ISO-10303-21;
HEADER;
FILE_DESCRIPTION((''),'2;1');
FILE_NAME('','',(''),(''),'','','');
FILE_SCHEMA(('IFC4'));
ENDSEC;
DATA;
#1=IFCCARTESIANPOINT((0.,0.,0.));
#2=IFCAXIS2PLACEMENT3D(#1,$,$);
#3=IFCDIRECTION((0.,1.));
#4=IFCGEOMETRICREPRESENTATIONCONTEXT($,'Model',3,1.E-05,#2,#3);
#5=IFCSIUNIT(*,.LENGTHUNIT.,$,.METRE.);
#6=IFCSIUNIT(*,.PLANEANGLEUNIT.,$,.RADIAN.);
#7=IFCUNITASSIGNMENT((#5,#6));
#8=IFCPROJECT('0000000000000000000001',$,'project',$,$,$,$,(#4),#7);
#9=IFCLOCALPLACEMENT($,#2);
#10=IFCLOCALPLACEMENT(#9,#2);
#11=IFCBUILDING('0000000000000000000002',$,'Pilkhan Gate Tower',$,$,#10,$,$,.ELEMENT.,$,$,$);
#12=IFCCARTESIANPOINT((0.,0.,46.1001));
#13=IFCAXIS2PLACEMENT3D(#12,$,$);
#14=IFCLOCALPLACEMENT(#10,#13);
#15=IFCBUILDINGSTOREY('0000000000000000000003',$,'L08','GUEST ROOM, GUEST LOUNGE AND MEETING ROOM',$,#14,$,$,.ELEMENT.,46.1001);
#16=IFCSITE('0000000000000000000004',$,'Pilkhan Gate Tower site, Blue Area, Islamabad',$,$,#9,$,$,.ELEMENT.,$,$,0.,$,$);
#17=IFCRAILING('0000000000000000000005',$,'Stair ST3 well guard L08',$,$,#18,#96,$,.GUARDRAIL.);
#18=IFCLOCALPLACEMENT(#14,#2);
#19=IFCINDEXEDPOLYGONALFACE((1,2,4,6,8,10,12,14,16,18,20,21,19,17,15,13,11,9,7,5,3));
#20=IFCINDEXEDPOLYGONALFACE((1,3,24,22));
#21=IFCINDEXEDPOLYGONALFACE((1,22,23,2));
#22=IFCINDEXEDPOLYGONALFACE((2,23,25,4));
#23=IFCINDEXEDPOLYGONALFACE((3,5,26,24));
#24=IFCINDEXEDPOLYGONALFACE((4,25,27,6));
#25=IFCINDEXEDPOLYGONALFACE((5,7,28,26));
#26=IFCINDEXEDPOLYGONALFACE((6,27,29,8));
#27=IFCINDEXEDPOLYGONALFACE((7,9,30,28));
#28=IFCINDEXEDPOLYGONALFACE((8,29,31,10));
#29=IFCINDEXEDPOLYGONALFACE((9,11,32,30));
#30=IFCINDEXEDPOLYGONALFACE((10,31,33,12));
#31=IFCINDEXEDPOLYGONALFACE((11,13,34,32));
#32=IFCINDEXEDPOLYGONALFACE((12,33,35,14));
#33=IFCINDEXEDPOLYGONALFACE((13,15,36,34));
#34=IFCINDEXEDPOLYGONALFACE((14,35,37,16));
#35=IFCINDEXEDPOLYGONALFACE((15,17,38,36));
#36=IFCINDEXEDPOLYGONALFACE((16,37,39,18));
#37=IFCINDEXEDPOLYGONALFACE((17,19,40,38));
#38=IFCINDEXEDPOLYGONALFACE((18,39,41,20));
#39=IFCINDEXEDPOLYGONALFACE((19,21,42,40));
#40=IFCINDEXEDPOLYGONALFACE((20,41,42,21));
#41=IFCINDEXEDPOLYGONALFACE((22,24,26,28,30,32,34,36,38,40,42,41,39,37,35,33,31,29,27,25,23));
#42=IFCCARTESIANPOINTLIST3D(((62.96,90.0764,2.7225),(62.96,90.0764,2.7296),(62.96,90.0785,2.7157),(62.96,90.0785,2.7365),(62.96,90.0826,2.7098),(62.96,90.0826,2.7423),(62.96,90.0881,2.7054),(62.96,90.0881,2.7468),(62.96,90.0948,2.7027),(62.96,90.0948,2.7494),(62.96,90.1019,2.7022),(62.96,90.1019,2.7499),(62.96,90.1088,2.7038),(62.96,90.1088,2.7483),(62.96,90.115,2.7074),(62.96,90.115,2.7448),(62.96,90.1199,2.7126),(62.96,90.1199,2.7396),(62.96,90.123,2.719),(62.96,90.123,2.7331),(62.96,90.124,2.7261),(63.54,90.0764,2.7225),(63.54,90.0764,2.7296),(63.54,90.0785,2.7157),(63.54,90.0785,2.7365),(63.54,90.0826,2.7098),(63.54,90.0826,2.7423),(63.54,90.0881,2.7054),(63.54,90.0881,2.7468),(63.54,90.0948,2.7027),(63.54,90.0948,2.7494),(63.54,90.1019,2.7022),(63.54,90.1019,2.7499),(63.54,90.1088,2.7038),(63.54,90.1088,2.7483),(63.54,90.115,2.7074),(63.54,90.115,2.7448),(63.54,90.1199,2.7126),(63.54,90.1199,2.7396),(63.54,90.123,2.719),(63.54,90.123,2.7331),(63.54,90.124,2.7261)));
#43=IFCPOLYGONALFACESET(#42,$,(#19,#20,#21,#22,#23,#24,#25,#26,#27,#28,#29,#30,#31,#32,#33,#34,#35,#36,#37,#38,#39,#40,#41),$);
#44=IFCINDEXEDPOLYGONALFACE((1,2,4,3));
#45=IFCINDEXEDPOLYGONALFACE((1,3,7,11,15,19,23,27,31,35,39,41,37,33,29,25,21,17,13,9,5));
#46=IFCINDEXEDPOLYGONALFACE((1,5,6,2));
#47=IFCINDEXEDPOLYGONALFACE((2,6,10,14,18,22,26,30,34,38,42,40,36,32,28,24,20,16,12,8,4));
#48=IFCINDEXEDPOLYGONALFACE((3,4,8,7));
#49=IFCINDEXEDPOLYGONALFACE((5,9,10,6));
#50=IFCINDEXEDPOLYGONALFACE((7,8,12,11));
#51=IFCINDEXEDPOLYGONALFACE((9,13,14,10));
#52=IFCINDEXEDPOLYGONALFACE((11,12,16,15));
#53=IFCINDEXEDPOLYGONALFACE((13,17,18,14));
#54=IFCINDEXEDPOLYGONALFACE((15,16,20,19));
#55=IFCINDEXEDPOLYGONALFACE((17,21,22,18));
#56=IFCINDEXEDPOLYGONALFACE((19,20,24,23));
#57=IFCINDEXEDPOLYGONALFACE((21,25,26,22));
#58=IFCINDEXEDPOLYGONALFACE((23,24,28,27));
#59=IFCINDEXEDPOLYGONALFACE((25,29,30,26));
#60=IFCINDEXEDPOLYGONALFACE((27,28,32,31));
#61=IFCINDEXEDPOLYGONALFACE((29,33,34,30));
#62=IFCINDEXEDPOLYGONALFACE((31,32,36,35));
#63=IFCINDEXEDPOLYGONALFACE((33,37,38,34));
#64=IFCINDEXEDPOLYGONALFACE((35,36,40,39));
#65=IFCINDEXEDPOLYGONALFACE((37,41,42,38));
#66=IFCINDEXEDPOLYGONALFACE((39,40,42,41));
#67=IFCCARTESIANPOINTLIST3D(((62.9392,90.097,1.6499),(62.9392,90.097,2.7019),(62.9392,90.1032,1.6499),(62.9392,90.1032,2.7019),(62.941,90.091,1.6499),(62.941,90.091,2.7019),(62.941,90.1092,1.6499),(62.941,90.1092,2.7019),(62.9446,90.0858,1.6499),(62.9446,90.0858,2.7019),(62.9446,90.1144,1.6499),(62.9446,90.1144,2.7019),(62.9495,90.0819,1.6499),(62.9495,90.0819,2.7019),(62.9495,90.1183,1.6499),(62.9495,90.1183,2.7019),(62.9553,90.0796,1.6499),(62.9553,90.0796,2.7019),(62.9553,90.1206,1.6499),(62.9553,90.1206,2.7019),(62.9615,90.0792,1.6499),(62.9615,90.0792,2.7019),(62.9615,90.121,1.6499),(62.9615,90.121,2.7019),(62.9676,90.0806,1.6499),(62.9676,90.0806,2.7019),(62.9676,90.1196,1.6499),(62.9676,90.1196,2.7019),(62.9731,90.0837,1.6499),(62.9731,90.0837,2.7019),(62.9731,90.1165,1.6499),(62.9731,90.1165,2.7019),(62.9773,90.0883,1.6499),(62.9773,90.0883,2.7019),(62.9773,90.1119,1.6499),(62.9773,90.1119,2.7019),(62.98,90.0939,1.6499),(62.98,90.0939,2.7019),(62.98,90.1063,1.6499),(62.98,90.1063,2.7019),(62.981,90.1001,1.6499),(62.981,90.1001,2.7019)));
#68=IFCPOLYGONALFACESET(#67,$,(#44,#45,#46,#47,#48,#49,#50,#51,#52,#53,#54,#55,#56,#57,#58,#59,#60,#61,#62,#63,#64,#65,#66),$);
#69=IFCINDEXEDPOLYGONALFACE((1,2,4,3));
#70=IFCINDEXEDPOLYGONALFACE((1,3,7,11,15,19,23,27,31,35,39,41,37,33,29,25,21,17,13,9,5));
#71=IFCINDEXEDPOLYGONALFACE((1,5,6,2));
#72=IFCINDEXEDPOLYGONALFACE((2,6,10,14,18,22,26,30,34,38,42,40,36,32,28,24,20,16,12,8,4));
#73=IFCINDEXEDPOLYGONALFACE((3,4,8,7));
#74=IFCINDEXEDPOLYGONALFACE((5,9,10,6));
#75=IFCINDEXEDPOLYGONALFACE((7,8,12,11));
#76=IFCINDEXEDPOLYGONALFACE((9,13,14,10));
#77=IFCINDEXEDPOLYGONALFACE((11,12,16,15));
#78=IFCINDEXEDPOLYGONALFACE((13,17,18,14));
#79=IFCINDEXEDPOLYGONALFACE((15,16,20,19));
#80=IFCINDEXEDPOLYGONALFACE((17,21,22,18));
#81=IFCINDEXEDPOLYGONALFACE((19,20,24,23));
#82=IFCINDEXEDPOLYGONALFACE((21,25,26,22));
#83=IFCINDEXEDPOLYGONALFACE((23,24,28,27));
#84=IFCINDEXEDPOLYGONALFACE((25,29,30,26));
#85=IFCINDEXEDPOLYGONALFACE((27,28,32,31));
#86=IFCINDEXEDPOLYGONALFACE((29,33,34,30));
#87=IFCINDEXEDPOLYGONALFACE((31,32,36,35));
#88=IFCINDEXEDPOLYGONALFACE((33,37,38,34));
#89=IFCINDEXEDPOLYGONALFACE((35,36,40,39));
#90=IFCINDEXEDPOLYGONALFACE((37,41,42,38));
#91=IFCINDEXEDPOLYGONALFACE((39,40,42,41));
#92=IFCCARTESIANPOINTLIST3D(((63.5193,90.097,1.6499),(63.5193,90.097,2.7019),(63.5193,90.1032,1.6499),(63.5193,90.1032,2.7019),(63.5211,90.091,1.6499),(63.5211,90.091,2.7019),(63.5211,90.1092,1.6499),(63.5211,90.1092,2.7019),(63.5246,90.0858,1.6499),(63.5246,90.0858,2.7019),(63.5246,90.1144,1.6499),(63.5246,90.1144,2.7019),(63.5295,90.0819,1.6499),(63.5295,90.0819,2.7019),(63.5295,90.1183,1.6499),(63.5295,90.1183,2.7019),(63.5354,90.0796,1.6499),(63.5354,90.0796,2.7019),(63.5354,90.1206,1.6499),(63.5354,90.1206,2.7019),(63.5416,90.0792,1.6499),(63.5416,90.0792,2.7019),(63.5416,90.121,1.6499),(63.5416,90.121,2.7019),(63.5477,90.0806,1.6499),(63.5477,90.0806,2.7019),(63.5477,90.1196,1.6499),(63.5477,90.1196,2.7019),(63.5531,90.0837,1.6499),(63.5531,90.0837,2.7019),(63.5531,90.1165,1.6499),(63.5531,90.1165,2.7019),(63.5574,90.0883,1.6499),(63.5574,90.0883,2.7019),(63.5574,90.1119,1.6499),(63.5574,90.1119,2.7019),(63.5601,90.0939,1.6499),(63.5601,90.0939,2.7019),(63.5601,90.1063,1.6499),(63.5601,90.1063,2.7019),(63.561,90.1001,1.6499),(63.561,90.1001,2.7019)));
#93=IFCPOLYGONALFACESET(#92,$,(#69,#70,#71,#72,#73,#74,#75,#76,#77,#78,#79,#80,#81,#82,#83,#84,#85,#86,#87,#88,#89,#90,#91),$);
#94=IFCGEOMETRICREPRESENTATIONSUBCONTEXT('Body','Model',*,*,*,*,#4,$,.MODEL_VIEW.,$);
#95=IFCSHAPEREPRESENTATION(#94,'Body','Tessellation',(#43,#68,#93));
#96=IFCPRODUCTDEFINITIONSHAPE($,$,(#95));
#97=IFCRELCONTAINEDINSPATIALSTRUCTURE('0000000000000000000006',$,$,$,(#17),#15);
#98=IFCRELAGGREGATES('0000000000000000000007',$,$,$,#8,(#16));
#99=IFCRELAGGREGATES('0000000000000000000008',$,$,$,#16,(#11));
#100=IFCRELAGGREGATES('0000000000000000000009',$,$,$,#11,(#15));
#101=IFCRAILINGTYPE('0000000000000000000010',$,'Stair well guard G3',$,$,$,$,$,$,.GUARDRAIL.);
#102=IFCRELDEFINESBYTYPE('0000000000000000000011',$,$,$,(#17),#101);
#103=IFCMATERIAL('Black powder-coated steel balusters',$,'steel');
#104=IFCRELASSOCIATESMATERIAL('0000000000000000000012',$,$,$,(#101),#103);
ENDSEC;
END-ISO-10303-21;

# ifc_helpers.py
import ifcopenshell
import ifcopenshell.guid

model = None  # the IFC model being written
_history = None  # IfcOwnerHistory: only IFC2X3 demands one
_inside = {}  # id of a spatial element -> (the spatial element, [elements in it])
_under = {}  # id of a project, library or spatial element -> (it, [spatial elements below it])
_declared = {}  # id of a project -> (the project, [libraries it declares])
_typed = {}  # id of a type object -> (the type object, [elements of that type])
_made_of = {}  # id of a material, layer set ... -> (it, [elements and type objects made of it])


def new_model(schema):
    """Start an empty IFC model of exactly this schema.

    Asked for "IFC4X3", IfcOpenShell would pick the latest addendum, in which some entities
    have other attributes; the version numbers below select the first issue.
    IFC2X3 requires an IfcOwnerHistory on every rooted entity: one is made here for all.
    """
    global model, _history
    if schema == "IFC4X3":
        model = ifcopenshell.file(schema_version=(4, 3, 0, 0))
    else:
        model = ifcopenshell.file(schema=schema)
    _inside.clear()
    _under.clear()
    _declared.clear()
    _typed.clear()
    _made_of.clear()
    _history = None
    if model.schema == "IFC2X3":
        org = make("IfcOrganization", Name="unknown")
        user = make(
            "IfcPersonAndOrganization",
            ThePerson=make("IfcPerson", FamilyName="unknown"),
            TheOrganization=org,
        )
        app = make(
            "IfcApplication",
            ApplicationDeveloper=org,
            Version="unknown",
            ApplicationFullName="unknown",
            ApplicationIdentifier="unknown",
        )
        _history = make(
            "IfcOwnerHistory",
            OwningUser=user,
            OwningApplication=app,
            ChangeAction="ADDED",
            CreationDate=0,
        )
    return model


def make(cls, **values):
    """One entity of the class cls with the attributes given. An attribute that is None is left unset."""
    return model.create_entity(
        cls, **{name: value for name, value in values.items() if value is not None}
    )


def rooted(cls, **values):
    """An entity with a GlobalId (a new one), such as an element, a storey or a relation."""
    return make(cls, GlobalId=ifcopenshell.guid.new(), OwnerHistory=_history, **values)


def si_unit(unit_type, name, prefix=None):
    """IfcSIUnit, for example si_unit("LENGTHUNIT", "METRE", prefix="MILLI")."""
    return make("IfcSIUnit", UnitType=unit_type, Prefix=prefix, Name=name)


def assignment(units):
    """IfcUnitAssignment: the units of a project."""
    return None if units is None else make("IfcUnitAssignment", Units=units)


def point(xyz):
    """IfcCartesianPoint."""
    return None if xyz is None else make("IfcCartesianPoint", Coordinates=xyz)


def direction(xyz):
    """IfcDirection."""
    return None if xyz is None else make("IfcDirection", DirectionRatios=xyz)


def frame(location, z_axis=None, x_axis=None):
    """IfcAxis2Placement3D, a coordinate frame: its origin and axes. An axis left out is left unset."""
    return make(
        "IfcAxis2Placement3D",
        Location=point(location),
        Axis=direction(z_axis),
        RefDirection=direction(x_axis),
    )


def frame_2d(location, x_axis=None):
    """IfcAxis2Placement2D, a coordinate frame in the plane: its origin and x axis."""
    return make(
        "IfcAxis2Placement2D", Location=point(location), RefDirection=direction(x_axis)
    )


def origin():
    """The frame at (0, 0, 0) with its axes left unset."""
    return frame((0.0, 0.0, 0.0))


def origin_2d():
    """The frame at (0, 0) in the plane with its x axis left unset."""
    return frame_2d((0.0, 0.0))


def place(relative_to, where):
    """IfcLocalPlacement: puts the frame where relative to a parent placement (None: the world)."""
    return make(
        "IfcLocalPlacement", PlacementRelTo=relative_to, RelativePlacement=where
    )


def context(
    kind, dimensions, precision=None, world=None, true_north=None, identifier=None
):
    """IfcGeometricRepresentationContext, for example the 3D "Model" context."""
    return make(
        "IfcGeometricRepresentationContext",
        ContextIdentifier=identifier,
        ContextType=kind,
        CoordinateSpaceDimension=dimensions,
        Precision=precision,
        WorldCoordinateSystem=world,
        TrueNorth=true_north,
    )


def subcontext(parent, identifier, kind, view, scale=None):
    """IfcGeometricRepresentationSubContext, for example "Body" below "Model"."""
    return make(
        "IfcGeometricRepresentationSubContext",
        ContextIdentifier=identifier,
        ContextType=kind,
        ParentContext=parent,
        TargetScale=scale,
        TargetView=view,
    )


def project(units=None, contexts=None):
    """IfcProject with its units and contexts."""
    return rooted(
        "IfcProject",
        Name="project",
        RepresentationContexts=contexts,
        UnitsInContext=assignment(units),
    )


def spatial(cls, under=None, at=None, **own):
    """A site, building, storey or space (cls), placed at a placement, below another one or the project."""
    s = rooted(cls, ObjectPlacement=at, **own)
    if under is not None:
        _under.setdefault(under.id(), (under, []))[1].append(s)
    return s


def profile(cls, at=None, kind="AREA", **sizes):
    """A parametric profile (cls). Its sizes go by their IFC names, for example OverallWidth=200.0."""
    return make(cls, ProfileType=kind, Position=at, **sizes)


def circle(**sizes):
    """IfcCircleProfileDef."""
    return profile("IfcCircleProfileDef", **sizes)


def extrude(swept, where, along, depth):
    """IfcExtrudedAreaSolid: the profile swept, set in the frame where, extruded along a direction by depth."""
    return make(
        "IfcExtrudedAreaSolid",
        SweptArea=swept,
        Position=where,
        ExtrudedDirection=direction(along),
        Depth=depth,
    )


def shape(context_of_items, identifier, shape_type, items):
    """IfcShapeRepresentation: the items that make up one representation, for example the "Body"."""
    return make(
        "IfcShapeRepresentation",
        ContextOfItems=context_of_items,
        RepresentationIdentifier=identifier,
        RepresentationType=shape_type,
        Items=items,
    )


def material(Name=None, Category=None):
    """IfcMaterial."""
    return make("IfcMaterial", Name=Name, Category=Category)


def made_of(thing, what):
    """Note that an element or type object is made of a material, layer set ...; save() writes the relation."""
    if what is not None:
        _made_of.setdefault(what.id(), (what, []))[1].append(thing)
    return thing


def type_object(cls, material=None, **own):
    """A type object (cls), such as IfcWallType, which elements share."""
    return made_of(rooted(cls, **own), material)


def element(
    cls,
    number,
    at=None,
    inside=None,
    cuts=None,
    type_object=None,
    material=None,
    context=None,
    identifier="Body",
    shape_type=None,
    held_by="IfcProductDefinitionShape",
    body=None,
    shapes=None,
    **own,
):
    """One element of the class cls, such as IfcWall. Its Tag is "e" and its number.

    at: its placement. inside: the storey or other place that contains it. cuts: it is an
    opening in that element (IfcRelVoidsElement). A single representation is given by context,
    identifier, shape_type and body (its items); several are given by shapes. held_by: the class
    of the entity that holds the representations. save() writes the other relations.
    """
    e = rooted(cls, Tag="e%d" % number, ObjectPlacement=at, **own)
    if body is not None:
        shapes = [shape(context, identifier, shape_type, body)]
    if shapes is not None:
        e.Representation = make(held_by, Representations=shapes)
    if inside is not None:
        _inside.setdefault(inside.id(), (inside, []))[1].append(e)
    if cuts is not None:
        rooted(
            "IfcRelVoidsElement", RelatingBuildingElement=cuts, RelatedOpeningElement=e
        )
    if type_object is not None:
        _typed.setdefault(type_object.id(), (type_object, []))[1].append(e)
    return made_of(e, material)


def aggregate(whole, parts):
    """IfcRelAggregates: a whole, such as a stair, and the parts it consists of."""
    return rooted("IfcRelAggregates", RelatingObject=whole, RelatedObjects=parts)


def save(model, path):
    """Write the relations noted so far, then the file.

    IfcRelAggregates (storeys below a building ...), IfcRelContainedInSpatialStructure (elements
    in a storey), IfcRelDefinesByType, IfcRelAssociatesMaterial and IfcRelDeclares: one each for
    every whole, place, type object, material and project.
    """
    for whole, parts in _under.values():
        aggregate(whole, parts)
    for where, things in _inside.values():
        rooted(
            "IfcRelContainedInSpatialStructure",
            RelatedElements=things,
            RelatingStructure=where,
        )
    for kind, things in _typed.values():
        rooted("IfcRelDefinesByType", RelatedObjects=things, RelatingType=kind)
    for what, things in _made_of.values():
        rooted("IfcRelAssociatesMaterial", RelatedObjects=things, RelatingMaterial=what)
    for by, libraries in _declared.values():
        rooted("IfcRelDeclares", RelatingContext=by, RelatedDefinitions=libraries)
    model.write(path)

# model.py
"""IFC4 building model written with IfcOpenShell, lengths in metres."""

from ifc_helpers import new_model, si_unit, direction, frame, origin, origin_2d, place, context, subcontext, project, spatial, circle, extrude, material, type_object, element, save


model = new_model("IFC4")

# Units and contexts
model_context = context("Model", 3, precision=1e-05, world=origin(), true_north=direction((0.0, 1.0)))
body_context = subcontext(model_context, "Body", "Model", "MODEL_VIEW")
ifc_project = project(units=[si_unit("LENGTHUNIT", "METRE"), si_unit("PLANEANGLEUNIT", "RADIAN")], contexts=[model_context])

# Site, building, storey
site_placement = place(None, origin())
site = spatial("IfcSite", under=ifc_project, at=site_placement, Name="Pilkhan Gate Tower site, Blue Area, Islamabad", CompositionType="ELEMENT", RefElevation=0.0)
building_placement = place(site_placement, origin())
building = spatial("IfcBuilding", under=site, at=building_placement, Name="Pilkhan Gate Tower", CompositionType="ELEMENT")
storey_placement = place(building_placement, frame((0.0, 0.0, 46.1001)))
storey = spatial("IfcBuildingStorey", under=building, at=storey_placement, Name="L08", Description="GUEST ROOM, GUEST LOUNGE AND MEETING ROOM", CompositionType="ELEMENT", Elevation=46.1001)

# Railing
ifc_material_1 = material(Name="Black powder-coated steel balusters", Category="steel")
railing_type_1 = type_object("IfcRailingType", Name="Stair well guard G3", PredefinedType="GUARDRAIL", material=ifc_material_1)
for number, where, name in (
    (1, (62.96, 90.1001, 1.6499), "Stair ST3 well guard L08"),
):
    element("IfcRailing", number, at=place(storey_placement, frame(where)), inside=storey, type_object=railing_type_1, Name=name, PredefinedType="GUARDRAIL", context=body_context, shape_type="SweptSolid", body=[
        extrude(circle(Radius=0.0239, at=origin_2d()), frame((0.0, 0.0, 1.0762), z_axis=(1.0, 0.0, 0.0), x_axis=(0.0, 1.0, 0.0)), (0.0, 0.0, 1.0), 0.5801),
        extrude(circle(Radius=0.021, at=origin_2d()), origin(), (0.0, 0.0, 1.0), 1.052),
        extrude(circle(Radius=0.021, at=origin_2d()), frame((0.5801, 0.0, 0.0)), (0.0, 0.0, 1.0), 1.052),
    ])

save(model, "model.ifc")
